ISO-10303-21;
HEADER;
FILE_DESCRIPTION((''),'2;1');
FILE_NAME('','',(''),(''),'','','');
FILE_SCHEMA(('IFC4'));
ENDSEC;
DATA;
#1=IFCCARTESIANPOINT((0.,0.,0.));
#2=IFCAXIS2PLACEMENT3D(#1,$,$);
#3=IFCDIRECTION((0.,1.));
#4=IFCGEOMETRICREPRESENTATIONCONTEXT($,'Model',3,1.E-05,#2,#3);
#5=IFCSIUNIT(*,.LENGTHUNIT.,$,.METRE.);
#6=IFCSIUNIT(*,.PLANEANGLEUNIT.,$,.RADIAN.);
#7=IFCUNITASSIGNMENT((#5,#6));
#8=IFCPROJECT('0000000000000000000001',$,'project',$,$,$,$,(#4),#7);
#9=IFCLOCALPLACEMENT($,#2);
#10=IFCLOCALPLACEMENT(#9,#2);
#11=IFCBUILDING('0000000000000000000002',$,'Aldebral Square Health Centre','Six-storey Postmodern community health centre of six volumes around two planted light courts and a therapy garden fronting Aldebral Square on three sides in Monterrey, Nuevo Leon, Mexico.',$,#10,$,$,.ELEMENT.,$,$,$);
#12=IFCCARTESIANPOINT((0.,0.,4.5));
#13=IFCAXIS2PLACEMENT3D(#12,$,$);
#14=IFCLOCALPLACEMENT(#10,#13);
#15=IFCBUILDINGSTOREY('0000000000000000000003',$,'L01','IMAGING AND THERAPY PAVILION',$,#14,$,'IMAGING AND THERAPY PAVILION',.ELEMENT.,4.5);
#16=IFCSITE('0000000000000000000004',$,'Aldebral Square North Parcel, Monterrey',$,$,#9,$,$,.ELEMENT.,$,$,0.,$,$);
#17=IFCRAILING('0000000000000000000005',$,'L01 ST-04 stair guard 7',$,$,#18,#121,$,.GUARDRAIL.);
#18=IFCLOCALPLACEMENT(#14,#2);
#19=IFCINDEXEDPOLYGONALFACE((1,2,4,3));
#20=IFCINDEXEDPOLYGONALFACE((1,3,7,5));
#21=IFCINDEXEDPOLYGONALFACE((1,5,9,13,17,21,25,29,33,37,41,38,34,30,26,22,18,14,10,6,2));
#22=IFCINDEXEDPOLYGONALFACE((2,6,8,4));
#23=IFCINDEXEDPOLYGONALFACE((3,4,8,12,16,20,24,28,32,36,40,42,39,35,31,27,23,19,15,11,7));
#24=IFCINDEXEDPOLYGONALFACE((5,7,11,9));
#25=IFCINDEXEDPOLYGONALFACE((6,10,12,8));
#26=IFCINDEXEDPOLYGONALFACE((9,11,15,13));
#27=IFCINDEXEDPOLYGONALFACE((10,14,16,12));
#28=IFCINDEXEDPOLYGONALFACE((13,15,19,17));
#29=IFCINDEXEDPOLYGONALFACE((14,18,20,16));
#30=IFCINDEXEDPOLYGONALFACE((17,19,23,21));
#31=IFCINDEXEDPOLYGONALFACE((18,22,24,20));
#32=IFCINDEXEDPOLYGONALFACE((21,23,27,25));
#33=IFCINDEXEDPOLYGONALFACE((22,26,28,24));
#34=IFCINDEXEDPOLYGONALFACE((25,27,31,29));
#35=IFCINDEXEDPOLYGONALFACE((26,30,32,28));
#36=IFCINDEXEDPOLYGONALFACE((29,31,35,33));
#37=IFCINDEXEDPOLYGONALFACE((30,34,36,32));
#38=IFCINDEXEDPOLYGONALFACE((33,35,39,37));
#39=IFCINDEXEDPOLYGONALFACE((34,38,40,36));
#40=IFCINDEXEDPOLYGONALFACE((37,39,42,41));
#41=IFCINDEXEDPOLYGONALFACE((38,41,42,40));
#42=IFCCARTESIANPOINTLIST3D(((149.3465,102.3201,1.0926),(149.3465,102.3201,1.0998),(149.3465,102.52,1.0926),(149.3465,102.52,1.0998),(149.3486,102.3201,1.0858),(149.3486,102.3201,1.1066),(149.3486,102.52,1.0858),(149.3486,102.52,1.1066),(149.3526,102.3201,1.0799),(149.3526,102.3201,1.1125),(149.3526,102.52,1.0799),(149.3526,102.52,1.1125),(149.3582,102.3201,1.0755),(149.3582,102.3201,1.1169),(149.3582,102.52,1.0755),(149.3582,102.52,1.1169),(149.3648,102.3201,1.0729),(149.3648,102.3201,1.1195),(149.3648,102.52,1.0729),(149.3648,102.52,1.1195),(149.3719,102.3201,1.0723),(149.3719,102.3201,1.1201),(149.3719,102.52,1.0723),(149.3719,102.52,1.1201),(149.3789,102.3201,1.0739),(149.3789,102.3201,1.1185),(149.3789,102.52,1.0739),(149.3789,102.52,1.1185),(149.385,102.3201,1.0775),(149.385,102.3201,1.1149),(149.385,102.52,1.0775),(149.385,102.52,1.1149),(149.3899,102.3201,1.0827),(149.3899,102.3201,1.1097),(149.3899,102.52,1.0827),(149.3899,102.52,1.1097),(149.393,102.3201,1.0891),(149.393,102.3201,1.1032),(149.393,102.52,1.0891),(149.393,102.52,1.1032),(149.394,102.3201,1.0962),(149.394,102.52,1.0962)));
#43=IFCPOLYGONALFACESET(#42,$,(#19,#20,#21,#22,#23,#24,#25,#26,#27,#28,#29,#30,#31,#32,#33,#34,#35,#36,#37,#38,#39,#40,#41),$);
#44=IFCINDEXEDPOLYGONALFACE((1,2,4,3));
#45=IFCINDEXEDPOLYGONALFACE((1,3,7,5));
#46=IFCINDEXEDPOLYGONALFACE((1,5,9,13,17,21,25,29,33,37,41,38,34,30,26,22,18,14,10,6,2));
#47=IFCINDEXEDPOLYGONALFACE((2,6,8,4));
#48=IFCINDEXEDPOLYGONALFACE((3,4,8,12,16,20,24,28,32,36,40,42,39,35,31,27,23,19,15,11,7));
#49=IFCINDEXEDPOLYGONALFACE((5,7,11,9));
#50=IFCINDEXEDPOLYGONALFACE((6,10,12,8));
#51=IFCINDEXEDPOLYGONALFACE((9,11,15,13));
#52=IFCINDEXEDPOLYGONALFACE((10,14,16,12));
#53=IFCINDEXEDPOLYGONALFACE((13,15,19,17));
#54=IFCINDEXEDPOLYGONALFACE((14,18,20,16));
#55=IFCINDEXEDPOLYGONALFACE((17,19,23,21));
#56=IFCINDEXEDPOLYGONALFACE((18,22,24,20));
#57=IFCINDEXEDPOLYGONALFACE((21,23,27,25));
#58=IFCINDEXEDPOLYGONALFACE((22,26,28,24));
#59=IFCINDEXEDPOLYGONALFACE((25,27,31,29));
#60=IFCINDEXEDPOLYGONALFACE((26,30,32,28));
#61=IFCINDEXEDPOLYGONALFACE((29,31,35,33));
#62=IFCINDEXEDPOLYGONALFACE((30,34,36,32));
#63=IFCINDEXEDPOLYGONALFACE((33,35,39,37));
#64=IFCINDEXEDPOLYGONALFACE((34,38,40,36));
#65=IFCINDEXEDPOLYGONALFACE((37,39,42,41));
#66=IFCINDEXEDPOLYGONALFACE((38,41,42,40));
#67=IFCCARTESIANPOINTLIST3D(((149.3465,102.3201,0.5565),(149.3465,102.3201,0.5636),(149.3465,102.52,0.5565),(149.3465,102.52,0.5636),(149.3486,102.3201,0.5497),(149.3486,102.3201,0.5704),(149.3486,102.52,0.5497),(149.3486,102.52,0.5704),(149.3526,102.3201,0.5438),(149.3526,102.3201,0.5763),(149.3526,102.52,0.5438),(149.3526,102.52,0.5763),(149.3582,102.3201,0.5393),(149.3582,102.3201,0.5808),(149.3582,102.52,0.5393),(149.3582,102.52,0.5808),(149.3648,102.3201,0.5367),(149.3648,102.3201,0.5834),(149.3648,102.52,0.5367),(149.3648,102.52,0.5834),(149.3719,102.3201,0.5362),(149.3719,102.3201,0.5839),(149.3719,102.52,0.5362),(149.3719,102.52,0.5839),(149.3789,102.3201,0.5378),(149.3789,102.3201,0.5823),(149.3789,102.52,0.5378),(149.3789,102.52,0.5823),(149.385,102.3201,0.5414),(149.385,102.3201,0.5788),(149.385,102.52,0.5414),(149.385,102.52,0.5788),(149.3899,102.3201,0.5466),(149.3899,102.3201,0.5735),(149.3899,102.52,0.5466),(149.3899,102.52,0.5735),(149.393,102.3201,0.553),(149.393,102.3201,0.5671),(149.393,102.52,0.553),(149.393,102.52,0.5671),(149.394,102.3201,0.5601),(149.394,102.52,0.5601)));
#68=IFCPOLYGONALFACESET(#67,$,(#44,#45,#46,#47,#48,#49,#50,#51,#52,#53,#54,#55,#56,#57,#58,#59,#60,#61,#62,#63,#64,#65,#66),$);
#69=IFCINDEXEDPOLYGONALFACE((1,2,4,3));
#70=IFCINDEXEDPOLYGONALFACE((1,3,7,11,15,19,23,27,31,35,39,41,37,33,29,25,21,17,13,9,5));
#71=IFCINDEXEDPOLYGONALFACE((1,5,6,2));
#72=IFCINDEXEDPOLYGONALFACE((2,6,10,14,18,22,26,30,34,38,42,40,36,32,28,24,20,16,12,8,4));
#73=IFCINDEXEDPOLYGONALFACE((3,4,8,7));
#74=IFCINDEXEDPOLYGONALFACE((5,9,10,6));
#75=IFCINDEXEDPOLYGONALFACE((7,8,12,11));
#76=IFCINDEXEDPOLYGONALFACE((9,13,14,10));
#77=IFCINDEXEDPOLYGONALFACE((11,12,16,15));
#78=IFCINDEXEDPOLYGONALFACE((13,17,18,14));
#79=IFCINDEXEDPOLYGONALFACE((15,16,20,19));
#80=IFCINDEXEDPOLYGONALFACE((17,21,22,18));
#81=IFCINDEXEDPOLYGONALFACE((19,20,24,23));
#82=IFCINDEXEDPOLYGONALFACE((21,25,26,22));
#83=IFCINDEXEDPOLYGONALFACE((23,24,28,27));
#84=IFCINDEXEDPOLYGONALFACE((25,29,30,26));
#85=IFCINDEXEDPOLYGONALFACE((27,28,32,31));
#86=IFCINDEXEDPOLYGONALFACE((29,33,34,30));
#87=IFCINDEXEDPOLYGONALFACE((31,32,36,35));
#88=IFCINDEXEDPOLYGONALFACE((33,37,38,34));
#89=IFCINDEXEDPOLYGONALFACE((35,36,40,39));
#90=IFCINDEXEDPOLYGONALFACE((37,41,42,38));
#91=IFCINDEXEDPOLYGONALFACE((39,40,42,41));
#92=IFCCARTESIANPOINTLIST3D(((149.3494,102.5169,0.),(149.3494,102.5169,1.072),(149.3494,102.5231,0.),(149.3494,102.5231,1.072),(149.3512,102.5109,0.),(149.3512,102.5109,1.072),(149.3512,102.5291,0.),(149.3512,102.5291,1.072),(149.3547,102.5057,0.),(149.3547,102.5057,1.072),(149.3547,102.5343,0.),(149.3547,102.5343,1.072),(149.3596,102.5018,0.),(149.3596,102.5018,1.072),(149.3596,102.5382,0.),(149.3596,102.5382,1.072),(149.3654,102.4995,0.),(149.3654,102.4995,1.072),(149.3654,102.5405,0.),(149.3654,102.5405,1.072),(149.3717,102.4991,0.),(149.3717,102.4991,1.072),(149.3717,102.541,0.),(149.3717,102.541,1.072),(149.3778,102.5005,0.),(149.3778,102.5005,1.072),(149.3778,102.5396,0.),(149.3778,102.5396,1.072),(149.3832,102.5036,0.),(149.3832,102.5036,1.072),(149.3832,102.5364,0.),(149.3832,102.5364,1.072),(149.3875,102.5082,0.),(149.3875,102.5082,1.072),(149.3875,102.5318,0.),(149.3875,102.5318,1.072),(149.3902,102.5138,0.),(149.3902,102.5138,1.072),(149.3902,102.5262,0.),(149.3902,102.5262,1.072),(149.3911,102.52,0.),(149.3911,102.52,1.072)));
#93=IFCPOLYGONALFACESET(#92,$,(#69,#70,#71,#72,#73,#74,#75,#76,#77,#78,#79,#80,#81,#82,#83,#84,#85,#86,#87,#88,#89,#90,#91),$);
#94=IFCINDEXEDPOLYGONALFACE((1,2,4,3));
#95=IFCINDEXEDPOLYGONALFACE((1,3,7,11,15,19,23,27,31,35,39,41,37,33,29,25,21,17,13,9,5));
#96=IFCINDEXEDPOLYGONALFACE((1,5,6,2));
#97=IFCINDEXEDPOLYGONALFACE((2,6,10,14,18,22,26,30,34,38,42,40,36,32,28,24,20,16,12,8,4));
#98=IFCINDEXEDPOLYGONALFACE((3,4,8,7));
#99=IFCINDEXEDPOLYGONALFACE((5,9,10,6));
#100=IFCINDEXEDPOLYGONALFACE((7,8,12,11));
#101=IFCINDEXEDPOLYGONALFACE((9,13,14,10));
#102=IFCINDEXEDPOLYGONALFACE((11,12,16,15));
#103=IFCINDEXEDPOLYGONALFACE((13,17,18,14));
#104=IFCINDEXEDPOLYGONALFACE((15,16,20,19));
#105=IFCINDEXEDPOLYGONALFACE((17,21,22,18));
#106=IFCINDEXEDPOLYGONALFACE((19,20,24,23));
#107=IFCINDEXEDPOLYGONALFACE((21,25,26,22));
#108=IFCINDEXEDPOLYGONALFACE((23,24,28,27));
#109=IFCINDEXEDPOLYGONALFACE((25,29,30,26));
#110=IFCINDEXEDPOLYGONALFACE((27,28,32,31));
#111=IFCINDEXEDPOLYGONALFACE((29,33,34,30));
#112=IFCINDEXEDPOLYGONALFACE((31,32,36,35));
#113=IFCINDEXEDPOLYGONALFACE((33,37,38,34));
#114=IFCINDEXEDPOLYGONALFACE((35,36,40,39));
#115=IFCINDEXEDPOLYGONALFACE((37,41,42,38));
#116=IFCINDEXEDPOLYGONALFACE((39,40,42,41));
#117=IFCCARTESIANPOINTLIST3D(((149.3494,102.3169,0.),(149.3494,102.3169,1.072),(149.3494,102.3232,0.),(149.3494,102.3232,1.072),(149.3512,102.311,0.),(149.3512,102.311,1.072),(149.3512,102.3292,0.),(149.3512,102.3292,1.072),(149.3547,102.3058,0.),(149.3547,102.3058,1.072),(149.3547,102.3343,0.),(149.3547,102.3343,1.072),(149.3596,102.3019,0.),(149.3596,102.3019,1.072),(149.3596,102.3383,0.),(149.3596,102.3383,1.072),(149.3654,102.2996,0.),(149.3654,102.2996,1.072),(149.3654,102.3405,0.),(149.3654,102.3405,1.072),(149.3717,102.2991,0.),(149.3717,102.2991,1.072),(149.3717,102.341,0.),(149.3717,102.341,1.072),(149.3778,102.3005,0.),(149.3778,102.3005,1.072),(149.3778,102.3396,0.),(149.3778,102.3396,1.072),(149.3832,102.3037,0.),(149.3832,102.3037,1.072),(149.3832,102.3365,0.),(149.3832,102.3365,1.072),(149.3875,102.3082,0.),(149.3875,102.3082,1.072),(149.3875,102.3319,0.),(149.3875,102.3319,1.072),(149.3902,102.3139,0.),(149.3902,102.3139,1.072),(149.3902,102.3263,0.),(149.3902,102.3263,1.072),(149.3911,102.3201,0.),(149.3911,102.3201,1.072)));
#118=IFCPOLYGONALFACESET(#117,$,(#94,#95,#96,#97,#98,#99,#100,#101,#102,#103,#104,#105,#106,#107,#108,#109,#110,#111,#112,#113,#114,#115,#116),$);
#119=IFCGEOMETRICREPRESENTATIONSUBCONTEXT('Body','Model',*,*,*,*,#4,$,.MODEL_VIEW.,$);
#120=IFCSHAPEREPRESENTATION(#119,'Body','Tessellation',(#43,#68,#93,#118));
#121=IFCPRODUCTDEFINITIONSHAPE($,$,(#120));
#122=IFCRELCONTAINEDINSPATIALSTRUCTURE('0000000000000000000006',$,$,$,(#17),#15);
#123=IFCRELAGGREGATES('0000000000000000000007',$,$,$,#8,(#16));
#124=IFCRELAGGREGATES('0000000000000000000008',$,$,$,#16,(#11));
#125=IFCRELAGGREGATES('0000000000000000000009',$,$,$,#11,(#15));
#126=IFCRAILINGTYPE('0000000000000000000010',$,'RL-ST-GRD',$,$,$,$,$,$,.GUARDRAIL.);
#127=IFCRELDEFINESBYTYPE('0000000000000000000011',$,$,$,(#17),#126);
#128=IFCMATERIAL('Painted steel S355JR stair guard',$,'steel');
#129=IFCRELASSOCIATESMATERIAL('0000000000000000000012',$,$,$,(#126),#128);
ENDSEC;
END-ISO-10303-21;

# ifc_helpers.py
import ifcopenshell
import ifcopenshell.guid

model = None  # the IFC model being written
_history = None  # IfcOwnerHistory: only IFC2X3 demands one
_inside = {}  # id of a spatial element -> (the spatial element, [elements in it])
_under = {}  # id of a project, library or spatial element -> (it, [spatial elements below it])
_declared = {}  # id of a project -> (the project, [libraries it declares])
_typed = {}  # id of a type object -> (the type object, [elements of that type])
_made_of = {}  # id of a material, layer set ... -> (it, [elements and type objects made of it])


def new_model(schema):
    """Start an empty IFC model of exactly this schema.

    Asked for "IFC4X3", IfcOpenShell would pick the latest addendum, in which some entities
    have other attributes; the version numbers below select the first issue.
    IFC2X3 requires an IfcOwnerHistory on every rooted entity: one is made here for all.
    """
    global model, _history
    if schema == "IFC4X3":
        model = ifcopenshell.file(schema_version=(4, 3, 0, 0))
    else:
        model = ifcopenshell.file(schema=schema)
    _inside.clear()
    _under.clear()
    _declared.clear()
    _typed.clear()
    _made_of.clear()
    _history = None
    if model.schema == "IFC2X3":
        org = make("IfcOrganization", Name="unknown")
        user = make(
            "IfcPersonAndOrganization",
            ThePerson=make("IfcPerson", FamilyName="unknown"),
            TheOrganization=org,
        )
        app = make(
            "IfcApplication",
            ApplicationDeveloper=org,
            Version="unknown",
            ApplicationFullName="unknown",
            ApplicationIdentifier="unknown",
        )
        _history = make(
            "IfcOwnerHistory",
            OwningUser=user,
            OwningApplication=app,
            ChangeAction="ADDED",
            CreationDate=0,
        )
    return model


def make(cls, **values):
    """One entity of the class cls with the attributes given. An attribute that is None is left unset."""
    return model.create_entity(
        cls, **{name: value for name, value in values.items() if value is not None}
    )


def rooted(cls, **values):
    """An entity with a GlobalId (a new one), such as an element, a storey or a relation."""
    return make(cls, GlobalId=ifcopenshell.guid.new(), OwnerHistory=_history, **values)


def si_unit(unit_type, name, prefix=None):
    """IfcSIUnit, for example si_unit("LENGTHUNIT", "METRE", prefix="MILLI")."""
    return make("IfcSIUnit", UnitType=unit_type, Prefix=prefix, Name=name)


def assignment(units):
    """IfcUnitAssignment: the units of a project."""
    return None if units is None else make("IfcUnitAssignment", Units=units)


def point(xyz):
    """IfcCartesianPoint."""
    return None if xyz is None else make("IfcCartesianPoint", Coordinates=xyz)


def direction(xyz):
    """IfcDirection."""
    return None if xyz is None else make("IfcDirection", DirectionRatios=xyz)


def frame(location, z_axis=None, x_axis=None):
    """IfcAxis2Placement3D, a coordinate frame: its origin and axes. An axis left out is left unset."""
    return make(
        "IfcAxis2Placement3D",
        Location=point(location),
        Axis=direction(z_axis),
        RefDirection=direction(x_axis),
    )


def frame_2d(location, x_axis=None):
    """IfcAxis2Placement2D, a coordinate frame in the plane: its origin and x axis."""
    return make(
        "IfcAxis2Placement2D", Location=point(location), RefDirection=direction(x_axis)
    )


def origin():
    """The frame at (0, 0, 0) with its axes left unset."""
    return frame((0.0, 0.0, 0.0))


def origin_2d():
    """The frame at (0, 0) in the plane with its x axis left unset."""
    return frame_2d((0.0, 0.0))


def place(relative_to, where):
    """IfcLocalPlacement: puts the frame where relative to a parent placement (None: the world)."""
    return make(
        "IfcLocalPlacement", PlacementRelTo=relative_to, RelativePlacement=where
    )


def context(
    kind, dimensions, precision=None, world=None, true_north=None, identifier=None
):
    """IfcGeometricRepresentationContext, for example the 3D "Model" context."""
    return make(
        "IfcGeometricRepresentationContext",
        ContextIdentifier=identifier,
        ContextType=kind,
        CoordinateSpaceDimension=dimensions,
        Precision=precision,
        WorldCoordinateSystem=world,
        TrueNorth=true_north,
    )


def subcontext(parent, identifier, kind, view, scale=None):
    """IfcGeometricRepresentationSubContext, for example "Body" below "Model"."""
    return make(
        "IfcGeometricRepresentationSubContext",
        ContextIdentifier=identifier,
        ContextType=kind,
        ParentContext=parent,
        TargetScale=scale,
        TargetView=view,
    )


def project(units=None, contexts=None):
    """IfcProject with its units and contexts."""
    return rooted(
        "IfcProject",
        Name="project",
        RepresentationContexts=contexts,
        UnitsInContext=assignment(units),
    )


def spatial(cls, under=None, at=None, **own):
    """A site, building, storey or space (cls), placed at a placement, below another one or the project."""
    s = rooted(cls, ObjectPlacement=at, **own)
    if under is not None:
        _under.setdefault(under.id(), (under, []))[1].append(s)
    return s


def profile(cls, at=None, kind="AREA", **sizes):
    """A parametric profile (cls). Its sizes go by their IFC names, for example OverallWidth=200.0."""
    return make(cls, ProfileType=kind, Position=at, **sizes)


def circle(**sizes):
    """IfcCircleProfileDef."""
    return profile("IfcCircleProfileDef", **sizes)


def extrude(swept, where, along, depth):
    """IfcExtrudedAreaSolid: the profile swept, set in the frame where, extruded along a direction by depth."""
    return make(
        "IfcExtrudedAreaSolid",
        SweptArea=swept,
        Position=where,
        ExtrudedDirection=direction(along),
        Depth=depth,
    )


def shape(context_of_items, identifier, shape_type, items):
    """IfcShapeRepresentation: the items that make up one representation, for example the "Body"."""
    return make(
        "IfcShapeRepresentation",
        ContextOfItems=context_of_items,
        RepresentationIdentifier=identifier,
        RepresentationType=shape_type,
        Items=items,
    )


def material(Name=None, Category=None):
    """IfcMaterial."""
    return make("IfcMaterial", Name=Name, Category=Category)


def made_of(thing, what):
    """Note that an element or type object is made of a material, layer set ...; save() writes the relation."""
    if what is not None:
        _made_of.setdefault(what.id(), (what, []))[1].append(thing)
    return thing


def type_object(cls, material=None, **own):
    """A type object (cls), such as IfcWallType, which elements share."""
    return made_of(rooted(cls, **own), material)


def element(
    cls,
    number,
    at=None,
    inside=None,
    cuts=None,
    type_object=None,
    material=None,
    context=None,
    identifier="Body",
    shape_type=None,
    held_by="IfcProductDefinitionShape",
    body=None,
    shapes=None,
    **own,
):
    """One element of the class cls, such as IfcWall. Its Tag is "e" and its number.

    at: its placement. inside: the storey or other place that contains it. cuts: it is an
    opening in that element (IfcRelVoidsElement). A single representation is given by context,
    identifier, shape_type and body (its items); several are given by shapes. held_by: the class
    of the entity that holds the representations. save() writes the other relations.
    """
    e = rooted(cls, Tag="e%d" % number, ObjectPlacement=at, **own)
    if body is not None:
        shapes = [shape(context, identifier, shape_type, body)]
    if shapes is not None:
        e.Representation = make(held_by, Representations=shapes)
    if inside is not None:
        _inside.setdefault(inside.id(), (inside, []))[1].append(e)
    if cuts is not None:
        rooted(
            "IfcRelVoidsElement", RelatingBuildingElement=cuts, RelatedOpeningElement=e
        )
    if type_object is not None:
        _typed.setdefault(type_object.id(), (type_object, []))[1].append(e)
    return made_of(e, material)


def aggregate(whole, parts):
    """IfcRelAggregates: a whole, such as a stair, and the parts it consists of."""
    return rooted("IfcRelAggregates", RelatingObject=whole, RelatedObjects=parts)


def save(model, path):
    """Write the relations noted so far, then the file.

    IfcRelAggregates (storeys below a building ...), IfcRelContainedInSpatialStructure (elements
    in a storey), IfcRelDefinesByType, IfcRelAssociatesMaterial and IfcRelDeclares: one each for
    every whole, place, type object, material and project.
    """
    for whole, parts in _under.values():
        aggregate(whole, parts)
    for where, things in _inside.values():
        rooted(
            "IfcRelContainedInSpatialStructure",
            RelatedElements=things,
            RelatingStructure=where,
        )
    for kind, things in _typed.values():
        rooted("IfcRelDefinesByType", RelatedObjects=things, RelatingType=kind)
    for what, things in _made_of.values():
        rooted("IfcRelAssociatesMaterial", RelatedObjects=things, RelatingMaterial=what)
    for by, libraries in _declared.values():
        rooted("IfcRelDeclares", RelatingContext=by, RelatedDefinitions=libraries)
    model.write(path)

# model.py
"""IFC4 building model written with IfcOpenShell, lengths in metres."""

from ifc_helpers import new_model, si_unit, direction, frame, origin, origin_2d, place, context, subcontext, project, spatial, circle, extrude, material, type_object, element, save


model = new_model("IFC4")

# Units and contexts
model_context = context("Model", 3, precision=1e-05, world=origin(), true_north=direction((0.0, 1.0)))
body_context = subcontext(model_context, "Body", "Model", "MODEL_VIEW")
ifc_project = project(units=[si_unit("LENGTHUNIT", "METRE"), si_unit("PLANEANGLEUNIT", "RADIAN")], contexts=[model_context])

# Site, building, storey
site_placement = place(None, origin())
site = spatial("IfcSite", under=ifc_project, at=site_placement, Name="Aldebral Square North Parcel, Monterrey", CompositionType="ELEMENT", RefElevation=0.0)
building_placement = place(site_placement, origin())
building = spatial("IfcBuilding", under=site, at=building_placement, Name="Aldebral Square Health Centre", Description="Six-storey Postmodern community health centre of six volumes around two planted light courts and a therapy garden fronting Aldebral Square on three sides in Monterrey, Nuevo Leon, Mexico.", CompositionType="ELEMENT")
storey_placement = place(building_placement, frame((0.0, 0.0, 4.5)))
storey = spatial("IfcBuildingStorey", under=building, at=storey_placement, Name="L01", Description="IMAGING AND THERAPY PAVILION", LongName="IMAGING AND THERAPY PAVILION", CompositionType="ELEMENT", Elevation=4.5)

# Railing
ifc_material_1 = material(Name="Painted steel S355JR stair guard", Category="steel")
railing_type_1 = type_object("IfcRailingType", Name="RL-ST-GRD", PredefinedType="GUARDRAIL", material=ifc_material_1)
railing_1_placement = place(storey_placement, frame((149.3701, 102.52, 0.0)))
element("IfcRailing", 1, at=railing_1_placement, inside=storey, type_object=railing_type_1, Name="L01 ST-04 stair guard 7", PredefinedType="GUARDRAIL", context=body_context, shape_type="SweptSolid", body=[
    extrude(circle(Radius=0.0239, at=origin_2d()), frame((0.0, 0.0, 1.0962), z_axis=(0.0, -1.0, 0.0), x_axis=(1.0, 0.0, 0.0)), (0.0, 0.0, 1.0), 0.2),
    extrude(circle(Radius=0.0239, at=origin_2d()), frame((0.0, 0.0, 0.5601), z_axis=(0.0, -1.0, 0.0), x_axis=(1.0, 0.0, 0.0)), (0.0, 0.0, 1.0), 0.2),
    extrude(circle(Radius=0.021, at=origin_2d()), origin(), (0.0, 0.0, 1.0), 1.072),
    extrude(circle(Radius=0.021, at=origin_2d()), frame((0.0, -0.2, 0.0)), (0.0, 0.0, 1.0), 1.072),
])

save(model, "model.ifc")
